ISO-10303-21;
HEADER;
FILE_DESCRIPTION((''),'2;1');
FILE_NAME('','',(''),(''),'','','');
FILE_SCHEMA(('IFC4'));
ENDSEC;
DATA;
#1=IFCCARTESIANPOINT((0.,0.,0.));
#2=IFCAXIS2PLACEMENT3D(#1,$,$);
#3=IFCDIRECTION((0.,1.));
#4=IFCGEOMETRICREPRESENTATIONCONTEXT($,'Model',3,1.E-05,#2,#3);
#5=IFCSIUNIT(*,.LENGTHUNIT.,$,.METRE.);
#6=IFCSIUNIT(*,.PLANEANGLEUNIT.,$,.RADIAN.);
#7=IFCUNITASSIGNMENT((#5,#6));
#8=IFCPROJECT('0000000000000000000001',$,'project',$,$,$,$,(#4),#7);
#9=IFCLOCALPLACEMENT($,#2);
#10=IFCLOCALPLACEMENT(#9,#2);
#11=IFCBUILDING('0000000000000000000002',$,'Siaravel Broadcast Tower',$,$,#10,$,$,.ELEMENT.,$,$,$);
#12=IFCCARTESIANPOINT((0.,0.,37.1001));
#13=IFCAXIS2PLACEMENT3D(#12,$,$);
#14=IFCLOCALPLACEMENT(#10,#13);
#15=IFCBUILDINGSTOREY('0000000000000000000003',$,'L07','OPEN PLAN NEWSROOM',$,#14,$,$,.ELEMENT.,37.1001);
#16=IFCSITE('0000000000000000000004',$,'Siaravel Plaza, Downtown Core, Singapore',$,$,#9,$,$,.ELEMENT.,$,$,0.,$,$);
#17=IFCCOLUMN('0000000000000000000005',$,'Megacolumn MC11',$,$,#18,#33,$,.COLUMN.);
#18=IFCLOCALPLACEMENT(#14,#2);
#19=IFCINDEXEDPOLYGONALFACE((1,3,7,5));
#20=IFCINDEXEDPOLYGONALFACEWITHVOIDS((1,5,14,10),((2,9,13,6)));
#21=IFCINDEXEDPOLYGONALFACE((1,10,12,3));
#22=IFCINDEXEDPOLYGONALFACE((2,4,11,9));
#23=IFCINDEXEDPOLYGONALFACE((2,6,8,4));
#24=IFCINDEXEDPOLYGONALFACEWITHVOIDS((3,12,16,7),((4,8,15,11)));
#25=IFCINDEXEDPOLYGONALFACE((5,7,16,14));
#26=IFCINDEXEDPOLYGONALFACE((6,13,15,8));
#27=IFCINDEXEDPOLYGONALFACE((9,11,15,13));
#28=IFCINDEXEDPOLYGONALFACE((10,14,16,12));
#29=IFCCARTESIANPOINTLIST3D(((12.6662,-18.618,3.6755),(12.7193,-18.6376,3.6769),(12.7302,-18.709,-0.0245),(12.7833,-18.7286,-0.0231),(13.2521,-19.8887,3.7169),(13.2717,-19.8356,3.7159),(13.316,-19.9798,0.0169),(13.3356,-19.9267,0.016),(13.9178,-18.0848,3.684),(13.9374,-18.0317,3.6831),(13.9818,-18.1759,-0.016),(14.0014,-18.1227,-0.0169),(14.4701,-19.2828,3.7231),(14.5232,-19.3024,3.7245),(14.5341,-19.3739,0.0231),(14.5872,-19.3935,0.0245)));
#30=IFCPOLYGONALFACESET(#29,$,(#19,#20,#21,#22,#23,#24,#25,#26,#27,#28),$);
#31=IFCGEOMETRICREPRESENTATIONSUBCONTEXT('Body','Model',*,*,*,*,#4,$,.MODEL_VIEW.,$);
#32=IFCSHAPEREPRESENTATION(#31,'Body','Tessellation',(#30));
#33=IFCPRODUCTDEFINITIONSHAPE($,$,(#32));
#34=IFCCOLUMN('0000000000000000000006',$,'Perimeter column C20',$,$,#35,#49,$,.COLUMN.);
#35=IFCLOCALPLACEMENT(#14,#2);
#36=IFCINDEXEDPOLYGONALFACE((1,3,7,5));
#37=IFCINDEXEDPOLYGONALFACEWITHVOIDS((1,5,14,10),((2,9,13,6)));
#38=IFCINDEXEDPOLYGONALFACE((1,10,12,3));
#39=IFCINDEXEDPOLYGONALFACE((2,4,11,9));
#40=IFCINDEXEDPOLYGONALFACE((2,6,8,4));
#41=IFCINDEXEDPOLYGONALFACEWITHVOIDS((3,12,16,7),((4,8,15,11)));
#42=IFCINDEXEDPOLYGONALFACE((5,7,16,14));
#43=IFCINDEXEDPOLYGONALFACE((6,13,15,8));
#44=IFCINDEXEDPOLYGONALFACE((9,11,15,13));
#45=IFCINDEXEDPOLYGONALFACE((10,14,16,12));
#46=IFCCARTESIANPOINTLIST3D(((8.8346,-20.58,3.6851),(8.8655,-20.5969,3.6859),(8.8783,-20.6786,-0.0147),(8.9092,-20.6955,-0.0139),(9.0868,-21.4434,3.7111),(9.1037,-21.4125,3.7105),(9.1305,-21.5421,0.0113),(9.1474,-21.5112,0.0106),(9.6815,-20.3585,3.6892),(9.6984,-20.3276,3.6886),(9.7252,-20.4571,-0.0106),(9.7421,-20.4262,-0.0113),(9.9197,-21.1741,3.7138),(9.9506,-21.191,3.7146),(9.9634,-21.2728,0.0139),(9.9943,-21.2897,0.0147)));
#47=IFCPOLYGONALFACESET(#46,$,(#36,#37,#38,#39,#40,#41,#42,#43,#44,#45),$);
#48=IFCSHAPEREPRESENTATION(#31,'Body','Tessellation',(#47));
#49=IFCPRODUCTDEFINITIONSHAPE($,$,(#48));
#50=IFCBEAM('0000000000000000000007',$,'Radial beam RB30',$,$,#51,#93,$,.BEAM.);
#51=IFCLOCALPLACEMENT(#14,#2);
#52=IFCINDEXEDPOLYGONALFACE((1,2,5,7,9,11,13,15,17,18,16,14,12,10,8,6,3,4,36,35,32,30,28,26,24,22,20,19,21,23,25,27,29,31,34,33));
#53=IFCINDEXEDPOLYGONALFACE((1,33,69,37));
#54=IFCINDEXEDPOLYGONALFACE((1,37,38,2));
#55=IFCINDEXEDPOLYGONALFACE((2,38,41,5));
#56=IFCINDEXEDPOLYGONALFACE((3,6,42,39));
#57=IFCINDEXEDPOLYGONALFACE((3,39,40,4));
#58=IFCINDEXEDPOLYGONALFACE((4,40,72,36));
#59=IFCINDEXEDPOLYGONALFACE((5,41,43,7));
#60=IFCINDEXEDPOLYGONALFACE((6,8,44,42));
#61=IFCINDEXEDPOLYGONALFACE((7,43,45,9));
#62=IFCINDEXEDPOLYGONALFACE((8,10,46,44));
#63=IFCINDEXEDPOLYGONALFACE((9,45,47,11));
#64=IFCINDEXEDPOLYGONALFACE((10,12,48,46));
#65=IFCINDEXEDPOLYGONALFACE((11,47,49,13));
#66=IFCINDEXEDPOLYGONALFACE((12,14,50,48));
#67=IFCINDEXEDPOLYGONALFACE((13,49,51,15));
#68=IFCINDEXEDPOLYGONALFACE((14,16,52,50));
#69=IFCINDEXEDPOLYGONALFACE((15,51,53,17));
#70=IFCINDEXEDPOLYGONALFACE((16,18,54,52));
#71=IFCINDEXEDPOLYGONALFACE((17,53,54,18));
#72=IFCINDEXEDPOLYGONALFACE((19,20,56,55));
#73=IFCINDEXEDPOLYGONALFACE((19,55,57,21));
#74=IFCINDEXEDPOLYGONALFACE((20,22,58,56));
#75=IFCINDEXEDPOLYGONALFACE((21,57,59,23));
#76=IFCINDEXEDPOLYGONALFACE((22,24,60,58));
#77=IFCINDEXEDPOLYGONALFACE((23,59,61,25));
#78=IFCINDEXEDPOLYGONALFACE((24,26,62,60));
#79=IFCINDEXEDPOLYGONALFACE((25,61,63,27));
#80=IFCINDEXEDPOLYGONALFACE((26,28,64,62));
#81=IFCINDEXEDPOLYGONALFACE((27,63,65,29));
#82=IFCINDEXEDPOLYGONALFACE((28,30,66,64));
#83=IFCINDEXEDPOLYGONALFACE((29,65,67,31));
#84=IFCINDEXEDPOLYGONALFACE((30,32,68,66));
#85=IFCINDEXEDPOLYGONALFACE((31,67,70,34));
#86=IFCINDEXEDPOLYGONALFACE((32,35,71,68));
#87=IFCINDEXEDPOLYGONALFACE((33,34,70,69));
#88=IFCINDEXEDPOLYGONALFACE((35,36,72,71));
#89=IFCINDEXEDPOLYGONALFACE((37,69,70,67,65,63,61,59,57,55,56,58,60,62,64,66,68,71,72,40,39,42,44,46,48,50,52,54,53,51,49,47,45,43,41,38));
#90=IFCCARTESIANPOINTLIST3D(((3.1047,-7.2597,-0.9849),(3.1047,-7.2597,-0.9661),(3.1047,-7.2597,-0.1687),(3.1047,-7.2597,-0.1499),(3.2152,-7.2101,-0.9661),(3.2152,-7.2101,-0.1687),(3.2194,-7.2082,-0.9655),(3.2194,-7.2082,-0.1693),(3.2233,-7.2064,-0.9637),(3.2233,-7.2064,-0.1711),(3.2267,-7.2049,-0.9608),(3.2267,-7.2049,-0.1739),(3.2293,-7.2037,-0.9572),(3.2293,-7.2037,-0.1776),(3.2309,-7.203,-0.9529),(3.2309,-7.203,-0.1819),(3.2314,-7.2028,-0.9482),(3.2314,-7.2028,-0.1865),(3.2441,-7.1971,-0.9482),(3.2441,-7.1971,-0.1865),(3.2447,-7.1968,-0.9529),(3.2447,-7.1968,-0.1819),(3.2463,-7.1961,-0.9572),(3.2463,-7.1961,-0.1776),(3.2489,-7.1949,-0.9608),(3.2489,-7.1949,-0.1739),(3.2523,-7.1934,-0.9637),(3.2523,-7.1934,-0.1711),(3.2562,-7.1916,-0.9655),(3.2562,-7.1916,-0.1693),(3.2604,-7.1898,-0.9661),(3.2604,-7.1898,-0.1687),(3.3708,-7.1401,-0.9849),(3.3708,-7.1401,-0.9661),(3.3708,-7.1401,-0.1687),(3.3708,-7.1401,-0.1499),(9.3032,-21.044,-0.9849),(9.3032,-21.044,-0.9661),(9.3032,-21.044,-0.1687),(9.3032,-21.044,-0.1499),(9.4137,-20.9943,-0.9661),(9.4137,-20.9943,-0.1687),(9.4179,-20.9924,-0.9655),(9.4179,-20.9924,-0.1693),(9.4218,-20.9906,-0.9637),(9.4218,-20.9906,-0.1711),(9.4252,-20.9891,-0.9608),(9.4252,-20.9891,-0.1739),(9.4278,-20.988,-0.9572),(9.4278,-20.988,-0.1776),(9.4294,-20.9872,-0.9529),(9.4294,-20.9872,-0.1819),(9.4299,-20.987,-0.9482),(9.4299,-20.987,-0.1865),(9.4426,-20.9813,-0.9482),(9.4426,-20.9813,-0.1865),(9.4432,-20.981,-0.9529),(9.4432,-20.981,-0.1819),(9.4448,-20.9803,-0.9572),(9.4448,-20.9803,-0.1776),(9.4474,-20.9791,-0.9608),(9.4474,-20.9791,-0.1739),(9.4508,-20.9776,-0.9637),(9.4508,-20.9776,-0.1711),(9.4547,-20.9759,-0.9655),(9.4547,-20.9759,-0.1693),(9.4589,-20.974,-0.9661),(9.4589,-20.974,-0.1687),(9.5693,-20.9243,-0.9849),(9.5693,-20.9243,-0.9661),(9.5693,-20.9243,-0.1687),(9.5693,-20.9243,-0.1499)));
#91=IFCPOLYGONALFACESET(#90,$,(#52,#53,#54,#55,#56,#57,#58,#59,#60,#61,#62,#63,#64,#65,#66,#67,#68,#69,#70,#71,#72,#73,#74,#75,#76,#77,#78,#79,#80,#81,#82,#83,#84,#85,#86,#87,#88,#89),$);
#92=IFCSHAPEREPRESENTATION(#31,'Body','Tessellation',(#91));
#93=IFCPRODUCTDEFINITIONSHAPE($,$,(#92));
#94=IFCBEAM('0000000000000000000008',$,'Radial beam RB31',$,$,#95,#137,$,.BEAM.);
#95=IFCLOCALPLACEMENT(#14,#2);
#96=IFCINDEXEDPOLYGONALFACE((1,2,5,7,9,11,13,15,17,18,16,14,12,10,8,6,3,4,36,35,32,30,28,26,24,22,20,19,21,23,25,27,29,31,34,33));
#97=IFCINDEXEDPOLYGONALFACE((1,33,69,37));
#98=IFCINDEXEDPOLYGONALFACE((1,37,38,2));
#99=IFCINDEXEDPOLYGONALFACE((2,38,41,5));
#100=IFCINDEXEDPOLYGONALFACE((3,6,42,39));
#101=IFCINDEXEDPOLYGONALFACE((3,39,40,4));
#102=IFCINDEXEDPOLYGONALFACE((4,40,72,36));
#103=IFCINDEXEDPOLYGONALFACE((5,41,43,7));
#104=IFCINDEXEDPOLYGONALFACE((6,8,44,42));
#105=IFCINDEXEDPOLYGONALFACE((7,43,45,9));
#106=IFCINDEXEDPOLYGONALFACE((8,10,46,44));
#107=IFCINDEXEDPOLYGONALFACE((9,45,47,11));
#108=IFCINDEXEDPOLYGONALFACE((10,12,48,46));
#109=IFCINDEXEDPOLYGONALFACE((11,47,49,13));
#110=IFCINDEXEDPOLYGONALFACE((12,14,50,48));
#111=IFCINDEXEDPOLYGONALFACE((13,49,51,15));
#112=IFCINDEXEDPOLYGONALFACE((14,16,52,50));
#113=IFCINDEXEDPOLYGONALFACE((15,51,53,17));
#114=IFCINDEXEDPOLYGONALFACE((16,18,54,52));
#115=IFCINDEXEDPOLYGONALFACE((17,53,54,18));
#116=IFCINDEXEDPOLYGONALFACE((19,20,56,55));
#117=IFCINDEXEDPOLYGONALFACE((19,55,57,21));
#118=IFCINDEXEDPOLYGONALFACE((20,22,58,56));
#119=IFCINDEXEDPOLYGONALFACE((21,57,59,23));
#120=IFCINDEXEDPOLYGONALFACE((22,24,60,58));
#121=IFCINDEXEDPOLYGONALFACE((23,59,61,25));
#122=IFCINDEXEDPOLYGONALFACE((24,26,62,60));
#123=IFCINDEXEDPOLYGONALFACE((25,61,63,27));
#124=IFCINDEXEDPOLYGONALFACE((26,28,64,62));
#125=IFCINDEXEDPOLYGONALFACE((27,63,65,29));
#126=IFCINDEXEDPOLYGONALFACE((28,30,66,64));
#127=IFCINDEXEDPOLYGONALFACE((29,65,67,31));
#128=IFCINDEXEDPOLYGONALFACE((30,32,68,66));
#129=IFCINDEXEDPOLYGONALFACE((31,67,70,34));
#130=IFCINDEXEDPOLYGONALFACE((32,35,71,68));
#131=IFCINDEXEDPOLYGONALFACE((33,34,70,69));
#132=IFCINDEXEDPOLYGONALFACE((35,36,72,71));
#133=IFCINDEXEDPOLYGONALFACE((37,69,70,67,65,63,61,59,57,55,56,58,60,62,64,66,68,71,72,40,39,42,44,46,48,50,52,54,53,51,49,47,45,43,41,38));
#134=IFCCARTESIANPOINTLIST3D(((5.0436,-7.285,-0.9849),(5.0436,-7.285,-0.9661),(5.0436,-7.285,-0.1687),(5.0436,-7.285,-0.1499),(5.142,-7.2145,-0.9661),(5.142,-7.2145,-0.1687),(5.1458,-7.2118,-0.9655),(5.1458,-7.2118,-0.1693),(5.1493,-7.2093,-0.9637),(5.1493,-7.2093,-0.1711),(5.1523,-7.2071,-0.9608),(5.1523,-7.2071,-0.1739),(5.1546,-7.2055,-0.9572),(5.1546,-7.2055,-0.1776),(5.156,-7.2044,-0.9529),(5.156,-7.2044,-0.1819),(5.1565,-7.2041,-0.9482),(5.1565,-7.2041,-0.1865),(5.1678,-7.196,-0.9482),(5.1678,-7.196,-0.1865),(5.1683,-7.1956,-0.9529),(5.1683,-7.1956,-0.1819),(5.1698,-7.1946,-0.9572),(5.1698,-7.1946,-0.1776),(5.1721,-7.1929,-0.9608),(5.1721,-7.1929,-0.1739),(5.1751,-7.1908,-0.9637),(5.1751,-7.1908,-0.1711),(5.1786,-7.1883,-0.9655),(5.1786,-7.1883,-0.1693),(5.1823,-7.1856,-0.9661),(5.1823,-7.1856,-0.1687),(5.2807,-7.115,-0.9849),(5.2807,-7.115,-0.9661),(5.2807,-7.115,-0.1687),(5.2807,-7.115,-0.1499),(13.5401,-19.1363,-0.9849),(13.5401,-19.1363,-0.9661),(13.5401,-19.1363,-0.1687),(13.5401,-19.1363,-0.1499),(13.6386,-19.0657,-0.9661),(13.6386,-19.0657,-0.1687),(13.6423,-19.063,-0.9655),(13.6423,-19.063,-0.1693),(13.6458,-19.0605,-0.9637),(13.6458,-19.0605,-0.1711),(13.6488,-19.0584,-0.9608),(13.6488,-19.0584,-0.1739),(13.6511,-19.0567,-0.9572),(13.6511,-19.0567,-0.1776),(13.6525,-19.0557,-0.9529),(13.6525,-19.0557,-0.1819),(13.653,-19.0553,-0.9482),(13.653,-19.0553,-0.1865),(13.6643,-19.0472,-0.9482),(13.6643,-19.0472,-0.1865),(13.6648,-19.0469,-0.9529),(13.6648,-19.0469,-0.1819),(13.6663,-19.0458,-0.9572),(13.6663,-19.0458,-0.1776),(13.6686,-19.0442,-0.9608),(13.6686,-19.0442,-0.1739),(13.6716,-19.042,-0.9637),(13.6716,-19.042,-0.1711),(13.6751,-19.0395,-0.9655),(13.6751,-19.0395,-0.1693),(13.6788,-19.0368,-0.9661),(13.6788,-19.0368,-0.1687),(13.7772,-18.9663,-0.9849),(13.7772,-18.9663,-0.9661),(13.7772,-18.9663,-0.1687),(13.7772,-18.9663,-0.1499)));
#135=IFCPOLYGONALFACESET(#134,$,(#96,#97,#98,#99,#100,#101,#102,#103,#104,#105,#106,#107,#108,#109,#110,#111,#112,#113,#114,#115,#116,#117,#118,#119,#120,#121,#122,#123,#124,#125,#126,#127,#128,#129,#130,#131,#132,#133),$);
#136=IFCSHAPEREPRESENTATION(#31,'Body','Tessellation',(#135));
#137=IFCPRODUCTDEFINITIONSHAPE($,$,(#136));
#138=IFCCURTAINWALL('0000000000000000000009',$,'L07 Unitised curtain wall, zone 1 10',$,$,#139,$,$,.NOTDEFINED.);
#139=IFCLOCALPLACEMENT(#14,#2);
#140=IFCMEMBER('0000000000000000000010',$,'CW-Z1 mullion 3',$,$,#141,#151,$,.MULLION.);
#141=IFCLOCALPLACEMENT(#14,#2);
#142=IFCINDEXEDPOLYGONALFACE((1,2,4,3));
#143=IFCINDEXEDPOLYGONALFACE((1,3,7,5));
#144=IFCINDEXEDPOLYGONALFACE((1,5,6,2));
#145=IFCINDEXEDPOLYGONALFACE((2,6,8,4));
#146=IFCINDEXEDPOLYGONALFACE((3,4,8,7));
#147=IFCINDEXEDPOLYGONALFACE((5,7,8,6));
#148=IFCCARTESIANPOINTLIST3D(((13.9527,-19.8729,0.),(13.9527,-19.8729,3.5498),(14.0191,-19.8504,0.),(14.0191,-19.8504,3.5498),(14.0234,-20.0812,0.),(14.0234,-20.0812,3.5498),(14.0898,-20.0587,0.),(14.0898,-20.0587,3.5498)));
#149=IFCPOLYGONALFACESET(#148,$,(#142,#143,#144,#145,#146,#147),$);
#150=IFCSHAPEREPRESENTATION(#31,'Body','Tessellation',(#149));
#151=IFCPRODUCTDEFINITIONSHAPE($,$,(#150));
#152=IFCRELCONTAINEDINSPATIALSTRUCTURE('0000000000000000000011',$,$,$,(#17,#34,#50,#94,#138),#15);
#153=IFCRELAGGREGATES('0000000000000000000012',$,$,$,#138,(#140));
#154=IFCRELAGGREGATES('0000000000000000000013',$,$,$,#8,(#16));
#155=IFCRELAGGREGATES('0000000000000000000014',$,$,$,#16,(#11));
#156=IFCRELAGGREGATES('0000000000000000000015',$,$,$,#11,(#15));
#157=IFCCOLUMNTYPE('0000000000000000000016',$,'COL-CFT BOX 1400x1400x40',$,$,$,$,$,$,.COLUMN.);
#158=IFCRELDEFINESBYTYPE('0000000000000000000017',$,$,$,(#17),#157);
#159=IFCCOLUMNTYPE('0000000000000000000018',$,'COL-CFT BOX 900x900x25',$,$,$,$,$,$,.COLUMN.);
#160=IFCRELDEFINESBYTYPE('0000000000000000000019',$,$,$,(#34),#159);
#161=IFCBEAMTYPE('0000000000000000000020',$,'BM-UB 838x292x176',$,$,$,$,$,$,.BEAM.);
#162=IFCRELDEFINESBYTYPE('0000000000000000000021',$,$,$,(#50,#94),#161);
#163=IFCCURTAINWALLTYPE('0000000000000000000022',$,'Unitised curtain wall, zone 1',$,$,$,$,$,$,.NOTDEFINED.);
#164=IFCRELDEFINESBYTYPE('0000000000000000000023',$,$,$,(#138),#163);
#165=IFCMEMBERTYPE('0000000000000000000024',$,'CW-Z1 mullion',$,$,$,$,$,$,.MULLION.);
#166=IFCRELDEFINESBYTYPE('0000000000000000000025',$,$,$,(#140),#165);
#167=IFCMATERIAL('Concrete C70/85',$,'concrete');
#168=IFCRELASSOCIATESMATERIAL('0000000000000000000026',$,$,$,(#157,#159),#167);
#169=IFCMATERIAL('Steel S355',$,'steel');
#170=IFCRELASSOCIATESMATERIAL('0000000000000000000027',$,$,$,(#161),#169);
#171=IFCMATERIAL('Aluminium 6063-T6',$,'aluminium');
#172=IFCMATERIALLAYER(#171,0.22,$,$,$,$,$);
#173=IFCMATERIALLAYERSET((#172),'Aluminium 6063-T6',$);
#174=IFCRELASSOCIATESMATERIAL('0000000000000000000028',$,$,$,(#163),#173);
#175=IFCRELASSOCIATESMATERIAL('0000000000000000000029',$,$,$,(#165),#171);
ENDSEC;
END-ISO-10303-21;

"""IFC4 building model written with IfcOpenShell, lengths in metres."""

from ifc_helpers import new_model, si_unit, direction, frame, origin, origin_2d, place, context, subcontext, project, spatial, rectangle, hollow_rectangle, i_section, extrude, material, layer, layer_set, material_profile, profile_set, type_object, element, aggregate, save


model = new_model("IFC4")

# Units and contexts
model_context = context("Model", 3, precision=1e-05, world=origin(), true_north=direction((0.0, 1.0)))
body_context = subcontext(model_context, "Body", "Model", "MODEL_VIEW")
ifc_project = project(units=[si_unit("LENGTHUNIT", "METRE"), si_unit("PLANEANGLEUNIT", "RADIAN")], contexts=[model_context])

# Site, building, storey
site_placement = place(None, origin())
site = spatial("IfcSite", under=ifc_project, at=site_placement, Name="Siaravel Plaza, Downtown Core, Singapore", CompositionType="ELEMENT", RefElevation=0.0)
building_placement = place(site_placement, origin())
building = spatial("IfcBuilding", under=site, at=building_placement, Name="Siaravel Broadcast Tower", CompositionType="ELEMENT")
storey_placement = place(building_placement, frame((0.0, 0.0, 37.1001)))
storey = spatial("IfcBuildingStorey", under=building, at=storey_placement, Name="L07", Description="OPEN PLAN NEWSROOM", CompositionType="ELEMENT", Elevation=37.1001)

# Columns
ifc_material_1 = material(Name="Concrete C70/85", Category="concrete")
ifc_material_profile_1 = material_profile(ifc_material_1, hollow_rectangle(XDim=1.3999, YDim=1.3999, WallThickness=0.04, at=origin_2d()))
ifc_profile_set_1 = profile_set([ifc_material_profile_1], Name="Concrete C70/85")
column_type_1 = type_object("IfcColumnType", Name="COL-CFT BOX 1400x1400x40", PredefinedType="COLUMN", material=ifc_profile_set_1)
column_1_placement = place(storey_placement, frame((13.6587, -19.0513, 0.0), z_axis=(-0.01728, 0.024601, 0.999548), x_axis=(-0.908055, -0.418816, -0.00539)))
element("IfcColumn", 1, at=column_1_placement, inside=storey, type_object=column_type_1, Name="Megacolumn MC11", PredefinedType="COLUMN", context=body_context, shape_type="SweptSolid", body=[
    extrude(hollow_rectangle(XDim=1.3999, YDim=1.3999, WallThickness=0.04, at=origin_2d()), origin(), (0.0, 0.0, 1.0), 3.7017),
])
ifc_material_profile_2 = material_profile(ifc_material_1, hollow_rectangle(XDim=0.8999, YDim=0.8999, WallThickness=0.0249, at=origin_2d()))
ifc_profile_set_2 = profile_set([ifc_material_profile_2], Name="Concrete C70/85")
column_type_2 = type_object("IfcColumnType", Name="COL-CFT BOX 900x900x25", PredefinedType="COLUMN", material=ifc_profile_set_2)
column_2_placement = place(storey_placement, frame((9.4363, -20.9841, 0.0), z_axis=(-0.011806, 0.026647, 0.999575), x_axis=(-0.959858, -0.280461, -0.003861)))
element("IfcColumn", 2, at=column_2_placement, inside=storey, type_object=column_type_2, Name="Perimeter column C20", PredefinedType="COLUMN", context=body_context, shape_type="SweptSolid", body=[
    extrude(hollow_rectangle(XDim=0.8999, YDim=0.8999, WallThickness=0.0249, at=origin_2d()), origin(), (0.0, 0.0, 1.0), 3.7014),
])

# Beams
ifc_material_2 = material(Name="Steel S355", Category="steel")
ifc_material_profile_3 = material_profile(ifc_material_2, i_section(OverallWidth=0.2917, OverallDepth=0.835, WebThickness=0.0139, FlangeThickness=0.0188, FilletRadius=0.0178, at=origin_2d()))
ifc_profile_set_3 = profile_set([ifc_material_profile_3], Name="Steel S355")
beam_type = type_object("IfcBeamType", Name="BM-UB 838x292x176", PredefinedType="BEAM", material=ifc_profile_set_3)
beam_1_placement = place(storey_placement, frame((9.4363, -20.9841, -0.5674), z_axis=(-0.410123, 0.91203, 0.0), x_axis=(-0.91203, -0.410123, 0.0)))
element("IfcBeam", 3, at=beam_1_placement, inside=storey, type_object=beam_type, Name="Radial beam RB30", PredefinedType="BEAM", context=body_context, shape_type="SweptSolid", body=[
    extrude(i_section(OverallWidth=0.2917, OverallDepth=0.835, WebThickness=0.0139, FlangeThickness=0.0188, FilletRadius=0.0178, at=origin_2d()), origin(), (0.0, 0.0, 1.0), 15.1138),
])
beam_2_placement = place(storey_placement, frame((13.6587, -19.0513, -0.5674), z_axis=(-0.582661, 0.812715, 0.0), x_axis=(-0.812715, -0.582661, 0.0)))
element("IfcBeam", 4, at=beam_2_placement, inside=storey, type_object=beam_type, Name="Radial beam RB31", PredefinedType="BEAM", context=body_context, shape_type="SweptSolid", body=[
    extrude(i_section(OverallWidth=0.2917, OverallDepth=0.835, WebThickness=0.0139, FlangeThickness=0.0188, FilletRadius=0.0178, at=origin_2d()), origin(), (0.0, 0.0, 1.0), 14.5823),
])

# Curtain wall, member
ifc_material_3 = material(Name="Aluminium 6063-T6", Category="aluminium")
ifc_layer_1 = layer(ifc_material_3, 0.22)
ifc_layer_set_1 = layer_set([ifc_layer_1], Name="Aluminium 6063-T6")
curtain_wall_type = type_object("IfcCurtainWallType", Name="Unitised curtain wall, zone 1", PredefinedType="NOTDEFINED", material=ifc_layer_set_1)
curtain_wall_placement = place(storey_placement, origin())
curtain_wall = element("IfcCurtainWall", 5, at=curtain_wall_placement, inside=storey, type_object=curtain_wall_type, Name="L07 Unitised curtain wall, zone 1 10", PredefinedType="NOTDEFINED")
ifc_material_profile_4 = material_profile(ifc_material_3, rectangle(XDim=0.22, YDim=0.0701, at=origin_2d()))
ifc_profile_set_4 = profile_set([ifc_material_profile_4], Name="Aluminium 6063-T6")
member_type = type_object("IfcMemberType", Name="CW-Z1 mullion", PredefinedType="MULLION", material=ifc_profile_set_4)
member_placement = place(storey_placement, frame((14.0212, -19.9658, 0.0), z_axis=(0.0, 0.0, 1.0), x_axis=(-0.321301, 0.946977, 0.0)))
member = element("IfcMember", 6, at=member_placement, type_object=member_type, Name="CW-Z1 mullion 3", PredefinedType="MULLION", context=body_context, shape_type="SweptSolid", body=[
    extrude(rectangle(XDim=0.22, YDim=0.0701, at=origin_2d()), origin(), (0.0, 0.0, 1.0), 3.5498),
])
aggregate(curtain_wall, [member])

save(model, "model.ifc")
